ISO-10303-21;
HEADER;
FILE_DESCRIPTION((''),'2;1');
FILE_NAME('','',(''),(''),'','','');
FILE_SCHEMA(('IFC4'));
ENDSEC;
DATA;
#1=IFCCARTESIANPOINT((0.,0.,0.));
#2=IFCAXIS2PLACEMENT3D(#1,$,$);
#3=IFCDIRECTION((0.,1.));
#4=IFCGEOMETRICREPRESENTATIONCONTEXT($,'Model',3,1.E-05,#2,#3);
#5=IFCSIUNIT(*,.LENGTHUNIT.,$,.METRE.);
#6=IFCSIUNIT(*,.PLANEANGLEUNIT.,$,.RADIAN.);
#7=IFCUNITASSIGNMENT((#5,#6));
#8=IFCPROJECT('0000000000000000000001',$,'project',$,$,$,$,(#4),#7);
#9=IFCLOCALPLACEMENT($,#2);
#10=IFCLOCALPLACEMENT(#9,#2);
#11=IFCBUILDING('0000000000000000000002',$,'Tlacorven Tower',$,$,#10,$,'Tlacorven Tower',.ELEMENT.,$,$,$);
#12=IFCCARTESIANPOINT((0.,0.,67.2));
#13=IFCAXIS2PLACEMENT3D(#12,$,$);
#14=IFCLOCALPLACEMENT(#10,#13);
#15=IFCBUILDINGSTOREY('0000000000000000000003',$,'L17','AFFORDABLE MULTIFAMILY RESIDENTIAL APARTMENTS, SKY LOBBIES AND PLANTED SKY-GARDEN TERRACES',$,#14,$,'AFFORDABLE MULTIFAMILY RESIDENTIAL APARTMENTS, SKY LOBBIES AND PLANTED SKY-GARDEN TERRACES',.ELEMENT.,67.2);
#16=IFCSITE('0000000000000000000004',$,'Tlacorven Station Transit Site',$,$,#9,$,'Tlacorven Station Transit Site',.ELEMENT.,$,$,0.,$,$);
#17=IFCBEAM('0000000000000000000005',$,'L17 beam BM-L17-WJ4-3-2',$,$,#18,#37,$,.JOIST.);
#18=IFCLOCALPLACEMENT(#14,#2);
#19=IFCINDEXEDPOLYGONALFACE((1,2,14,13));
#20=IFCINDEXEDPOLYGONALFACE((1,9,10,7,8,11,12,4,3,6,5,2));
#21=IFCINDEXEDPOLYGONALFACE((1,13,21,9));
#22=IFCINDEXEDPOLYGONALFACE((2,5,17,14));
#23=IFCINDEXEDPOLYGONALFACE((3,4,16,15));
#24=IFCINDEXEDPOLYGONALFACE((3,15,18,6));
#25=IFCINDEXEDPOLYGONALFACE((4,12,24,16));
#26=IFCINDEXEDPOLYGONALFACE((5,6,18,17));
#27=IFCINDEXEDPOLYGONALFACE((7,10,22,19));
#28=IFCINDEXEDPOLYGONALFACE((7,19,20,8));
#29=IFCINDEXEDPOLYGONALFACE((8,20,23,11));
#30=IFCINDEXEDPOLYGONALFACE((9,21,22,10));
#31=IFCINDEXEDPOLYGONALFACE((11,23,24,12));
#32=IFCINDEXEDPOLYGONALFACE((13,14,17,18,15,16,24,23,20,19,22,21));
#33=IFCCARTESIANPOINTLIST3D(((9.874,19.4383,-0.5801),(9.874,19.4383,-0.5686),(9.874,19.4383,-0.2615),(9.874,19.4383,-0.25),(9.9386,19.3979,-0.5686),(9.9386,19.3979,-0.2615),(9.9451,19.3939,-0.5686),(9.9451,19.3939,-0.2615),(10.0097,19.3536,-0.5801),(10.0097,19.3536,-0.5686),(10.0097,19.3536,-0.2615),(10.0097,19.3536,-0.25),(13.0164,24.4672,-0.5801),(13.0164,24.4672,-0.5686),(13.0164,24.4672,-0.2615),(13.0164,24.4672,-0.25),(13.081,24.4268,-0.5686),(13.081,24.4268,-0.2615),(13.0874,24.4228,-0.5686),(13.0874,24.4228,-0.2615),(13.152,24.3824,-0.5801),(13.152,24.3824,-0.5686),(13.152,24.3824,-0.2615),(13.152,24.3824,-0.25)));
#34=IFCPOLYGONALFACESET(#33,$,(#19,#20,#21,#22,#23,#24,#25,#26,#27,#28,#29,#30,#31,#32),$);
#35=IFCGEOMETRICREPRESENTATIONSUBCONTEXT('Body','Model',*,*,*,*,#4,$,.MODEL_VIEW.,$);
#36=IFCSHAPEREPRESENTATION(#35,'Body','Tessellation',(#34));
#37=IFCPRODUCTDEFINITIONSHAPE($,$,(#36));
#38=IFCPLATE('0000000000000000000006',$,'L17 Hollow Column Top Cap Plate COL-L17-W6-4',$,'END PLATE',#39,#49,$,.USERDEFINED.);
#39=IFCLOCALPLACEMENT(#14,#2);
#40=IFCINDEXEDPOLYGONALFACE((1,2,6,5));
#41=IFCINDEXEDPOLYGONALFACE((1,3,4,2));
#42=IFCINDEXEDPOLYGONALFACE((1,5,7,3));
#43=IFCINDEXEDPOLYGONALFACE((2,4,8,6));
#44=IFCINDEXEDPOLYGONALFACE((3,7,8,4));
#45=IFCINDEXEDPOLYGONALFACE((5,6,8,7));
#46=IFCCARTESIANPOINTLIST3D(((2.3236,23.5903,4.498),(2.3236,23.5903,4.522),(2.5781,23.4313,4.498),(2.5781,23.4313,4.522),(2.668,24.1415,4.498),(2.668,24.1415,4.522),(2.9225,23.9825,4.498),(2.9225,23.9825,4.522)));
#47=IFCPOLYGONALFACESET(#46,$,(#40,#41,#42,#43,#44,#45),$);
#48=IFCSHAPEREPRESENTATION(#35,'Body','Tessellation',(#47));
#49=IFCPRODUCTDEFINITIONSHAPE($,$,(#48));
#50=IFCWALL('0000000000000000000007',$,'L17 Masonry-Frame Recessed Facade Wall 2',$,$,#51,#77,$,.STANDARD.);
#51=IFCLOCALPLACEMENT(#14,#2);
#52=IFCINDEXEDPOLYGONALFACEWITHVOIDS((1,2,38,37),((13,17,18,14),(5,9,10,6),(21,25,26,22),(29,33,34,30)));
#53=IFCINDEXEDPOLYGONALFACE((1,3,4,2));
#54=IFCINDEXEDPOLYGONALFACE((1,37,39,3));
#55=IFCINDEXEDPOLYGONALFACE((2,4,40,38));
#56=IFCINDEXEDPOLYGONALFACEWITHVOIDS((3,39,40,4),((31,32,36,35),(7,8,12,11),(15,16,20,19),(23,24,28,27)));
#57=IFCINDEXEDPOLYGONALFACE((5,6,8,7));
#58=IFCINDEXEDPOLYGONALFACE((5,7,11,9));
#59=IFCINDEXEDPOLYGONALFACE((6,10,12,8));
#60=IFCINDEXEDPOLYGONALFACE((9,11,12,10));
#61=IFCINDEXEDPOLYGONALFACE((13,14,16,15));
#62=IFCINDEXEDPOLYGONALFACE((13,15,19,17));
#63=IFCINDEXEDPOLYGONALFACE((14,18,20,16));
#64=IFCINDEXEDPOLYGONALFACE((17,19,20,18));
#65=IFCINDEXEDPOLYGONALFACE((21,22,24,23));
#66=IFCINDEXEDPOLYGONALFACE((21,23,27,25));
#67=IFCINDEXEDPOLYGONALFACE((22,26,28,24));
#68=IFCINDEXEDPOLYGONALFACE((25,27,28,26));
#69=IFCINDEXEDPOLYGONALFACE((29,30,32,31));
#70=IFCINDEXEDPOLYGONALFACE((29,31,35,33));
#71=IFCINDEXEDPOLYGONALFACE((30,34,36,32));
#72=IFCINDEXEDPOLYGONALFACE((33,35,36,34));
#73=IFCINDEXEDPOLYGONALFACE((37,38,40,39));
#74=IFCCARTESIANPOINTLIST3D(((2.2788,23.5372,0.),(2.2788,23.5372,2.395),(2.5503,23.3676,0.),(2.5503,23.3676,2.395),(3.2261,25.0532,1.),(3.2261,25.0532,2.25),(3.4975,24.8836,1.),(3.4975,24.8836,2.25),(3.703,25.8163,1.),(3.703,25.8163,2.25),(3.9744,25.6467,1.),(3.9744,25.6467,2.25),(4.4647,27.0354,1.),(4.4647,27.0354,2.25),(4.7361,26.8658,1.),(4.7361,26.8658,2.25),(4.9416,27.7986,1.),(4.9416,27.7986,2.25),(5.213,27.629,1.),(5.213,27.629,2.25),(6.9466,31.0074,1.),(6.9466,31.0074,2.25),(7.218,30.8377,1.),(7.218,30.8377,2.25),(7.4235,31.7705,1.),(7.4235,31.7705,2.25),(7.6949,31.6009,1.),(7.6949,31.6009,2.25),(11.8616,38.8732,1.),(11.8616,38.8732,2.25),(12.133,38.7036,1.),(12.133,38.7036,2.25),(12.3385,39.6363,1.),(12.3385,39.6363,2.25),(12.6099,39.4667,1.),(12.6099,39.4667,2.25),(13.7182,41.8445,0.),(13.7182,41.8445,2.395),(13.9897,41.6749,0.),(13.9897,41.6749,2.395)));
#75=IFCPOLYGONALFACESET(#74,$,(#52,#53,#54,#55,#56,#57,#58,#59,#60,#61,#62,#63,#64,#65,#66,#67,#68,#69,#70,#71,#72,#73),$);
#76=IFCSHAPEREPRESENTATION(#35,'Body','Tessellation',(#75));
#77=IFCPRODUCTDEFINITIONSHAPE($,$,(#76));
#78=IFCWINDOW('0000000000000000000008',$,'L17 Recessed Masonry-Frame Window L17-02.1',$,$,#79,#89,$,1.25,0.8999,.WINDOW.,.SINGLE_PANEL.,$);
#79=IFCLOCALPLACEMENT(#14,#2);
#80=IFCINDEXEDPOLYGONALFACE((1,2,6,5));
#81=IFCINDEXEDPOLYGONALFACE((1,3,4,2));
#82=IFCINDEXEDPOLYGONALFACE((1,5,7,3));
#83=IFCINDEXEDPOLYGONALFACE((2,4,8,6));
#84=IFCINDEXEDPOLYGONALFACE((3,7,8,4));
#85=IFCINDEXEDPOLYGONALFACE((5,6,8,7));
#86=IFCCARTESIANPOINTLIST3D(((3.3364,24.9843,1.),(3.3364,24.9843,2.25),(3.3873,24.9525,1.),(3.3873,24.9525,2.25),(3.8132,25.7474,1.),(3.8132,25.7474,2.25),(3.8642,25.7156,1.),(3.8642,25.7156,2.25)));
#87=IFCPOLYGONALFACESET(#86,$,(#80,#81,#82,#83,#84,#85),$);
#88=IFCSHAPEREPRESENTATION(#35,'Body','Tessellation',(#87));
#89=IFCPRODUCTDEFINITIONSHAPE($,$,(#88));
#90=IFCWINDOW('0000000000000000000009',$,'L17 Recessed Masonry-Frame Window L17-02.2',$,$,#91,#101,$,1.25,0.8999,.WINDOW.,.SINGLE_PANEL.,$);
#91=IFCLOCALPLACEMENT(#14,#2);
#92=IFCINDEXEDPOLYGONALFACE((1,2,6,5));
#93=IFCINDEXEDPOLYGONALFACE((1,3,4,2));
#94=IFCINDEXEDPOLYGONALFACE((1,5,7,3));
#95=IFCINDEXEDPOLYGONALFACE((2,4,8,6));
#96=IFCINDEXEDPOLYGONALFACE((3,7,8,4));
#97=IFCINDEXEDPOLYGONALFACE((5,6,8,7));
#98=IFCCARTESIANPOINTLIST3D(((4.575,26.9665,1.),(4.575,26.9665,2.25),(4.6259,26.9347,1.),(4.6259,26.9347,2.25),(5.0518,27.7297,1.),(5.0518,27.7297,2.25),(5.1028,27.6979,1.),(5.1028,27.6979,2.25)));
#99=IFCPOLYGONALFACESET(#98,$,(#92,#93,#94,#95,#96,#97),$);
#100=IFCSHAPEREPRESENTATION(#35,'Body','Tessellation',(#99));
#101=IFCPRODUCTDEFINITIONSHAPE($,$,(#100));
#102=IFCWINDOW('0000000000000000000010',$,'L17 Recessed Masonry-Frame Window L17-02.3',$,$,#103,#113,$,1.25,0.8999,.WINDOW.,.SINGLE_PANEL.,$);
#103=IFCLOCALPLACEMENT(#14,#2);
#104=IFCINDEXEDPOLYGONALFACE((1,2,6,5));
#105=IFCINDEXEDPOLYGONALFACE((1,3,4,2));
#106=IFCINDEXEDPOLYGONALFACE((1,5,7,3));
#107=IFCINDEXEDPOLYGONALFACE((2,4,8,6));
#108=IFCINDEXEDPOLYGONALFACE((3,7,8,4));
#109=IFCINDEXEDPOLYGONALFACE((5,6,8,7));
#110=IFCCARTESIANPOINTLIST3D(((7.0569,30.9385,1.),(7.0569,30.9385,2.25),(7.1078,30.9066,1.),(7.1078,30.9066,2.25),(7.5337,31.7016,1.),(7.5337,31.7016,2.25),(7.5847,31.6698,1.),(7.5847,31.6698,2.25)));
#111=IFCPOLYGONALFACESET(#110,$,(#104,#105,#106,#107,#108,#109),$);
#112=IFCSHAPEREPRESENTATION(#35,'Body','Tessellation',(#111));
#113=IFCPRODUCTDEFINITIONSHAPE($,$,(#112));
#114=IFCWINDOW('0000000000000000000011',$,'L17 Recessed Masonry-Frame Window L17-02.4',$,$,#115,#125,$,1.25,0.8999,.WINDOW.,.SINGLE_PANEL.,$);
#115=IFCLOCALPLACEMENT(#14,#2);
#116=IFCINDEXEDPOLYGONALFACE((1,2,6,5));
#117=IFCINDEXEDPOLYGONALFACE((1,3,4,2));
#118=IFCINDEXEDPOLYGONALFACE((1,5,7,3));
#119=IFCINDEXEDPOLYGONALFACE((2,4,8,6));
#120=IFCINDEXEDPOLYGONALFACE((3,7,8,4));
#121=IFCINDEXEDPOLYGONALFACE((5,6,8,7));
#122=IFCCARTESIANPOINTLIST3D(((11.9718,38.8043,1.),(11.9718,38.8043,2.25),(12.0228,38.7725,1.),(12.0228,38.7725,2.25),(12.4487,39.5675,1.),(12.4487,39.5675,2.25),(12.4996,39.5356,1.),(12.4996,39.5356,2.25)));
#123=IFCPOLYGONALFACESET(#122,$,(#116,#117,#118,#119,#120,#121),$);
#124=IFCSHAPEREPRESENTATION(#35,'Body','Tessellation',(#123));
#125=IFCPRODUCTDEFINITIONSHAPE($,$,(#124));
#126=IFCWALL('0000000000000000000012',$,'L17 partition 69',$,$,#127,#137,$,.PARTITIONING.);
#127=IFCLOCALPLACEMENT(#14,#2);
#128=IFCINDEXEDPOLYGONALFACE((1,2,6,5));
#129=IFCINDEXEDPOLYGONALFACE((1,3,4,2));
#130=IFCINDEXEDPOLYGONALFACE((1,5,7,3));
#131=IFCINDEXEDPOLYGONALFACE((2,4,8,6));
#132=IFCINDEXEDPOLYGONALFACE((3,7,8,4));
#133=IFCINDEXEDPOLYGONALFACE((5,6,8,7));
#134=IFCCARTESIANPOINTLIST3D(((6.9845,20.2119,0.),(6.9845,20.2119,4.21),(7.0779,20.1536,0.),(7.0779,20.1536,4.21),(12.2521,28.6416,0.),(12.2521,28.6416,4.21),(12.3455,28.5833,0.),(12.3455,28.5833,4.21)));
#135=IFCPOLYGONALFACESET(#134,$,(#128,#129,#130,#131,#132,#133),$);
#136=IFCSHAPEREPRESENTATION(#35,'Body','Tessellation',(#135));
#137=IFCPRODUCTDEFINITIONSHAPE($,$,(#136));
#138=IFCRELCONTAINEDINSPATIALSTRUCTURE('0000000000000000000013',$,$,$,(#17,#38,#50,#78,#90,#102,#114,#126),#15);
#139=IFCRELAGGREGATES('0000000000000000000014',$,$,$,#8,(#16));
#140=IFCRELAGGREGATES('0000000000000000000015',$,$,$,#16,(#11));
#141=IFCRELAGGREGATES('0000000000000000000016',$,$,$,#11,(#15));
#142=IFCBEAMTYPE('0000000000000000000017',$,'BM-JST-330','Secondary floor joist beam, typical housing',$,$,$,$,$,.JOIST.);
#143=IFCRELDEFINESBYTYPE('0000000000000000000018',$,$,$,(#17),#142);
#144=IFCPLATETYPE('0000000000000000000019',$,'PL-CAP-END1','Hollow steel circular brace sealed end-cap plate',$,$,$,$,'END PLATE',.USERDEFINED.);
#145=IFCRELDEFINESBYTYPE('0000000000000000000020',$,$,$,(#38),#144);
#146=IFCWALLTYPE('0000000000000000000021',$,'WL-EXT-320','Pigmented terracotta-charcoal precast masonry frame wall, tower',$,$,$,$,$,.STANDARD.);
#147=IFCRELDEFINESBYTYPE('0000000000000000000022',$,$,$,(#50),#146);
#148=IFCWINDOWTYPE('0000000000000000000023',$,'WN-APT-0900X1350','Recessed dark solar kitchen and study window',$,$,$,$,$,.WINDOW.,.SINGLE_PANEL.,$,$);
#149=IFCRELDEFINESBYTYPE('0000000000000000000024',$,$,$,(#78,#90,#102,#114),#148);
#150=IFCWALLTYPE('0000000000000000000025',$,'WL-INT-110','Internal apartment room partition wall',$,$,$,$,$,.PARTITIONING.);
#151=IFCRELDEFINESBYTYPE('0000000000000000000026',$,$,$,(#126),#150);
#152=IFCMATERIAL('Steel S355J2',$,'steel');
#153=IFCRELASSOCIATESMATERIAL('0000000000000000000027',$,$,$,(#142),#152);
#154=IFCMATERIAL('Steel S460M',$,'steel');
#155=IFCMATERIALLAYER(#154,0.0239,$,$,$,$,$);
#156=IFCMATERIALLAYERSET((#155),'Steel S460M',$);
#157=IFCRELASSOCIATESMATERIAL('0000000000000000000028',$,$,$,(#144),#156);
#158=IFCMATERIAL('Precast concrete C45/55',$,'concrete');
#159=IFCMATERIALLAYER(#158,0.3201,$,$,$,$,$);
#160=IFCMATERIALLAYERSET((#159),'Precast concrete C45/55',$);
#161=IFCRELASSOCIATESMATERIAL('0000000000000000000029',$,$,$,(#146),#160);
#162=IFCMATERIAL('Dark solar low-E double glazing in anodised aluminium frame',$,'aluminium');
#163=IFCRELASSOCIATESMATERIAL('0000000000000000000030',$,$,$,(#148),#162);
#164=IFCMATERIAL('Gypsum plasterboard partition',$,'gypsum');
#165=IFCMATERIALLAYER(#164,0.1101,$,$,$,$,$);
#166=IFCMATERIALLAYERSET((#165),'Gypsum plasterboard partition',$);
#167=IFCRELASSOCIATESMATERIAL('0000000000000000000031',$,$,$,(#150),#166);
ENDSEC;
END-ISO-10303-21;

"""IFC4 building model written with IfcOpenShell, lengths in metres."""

from ifc_helpers import new_model, si_unit, direction, frame, frame_2d, origin, origin_2d, place, context, subcontext, project, spatial, rectangle, i_section, extrude, source, transform, mapped, material, layer, layer_set, material_profile, profile_set, type_object, element, fill, save


model = new_model("IFC4")

# Units and contexts
model_context = context("Model", 3, precision=1e-05, world=origin(), true_north=direction((0.0, 1.0)))
body_context = subcontext(model_context, "Body", "Model", "MODEL_VIEW")
ifc_project = project(units=[si_unit("LENGTHUNIT", "METRE"), si_unit("PLANEANGLEUNIT", "RADIAN")], contexts=[model_context])

# Site, building, storey
site_placement = place(None, origin())
site = spatial("IfcSite", under=ifc_project, at=site_placement, Name="Tlacorven Station Transit Site", LongName="Tlacorven Station Transit Site", CompositionType="ELEMENT", RefElevation=0.0)
building_placement = place(site_placement, origin())
building = spatial("IfcBuilding", under=site, at=building_placement, Name="Tlacorven Tower", LongName="Tlacorven Tower", CompositionType="ELEMENT")
storey_placement = place(building_placement, frame((0.0, 0.0, 67.2)))
storey = spatial("IfcBuildingStorey", under=building, at=storey_placement, Name="L17", Description="AFFORDABLE MULTIFAMILY RESIDENTIAL APARTMENTS, SKY LOBBIES AND PLANTED SKY-GARDEN TERRACES", LongName="AFFORDABLE MULTIFAMILY RESIDENTIAL APARTMENTS, SKY LOBBIES AND PLANTED SKY-GARDEN TERRACES", CompositionType="ELEMENT", Elevation=67.2)

# Shared definitions
ifc_material_1 = material(Name="Steel S460M", Category="steel")

# Beam
ifc_material_2 = material(Name="Steel S355J2", Category="steel")
ifc_material_profile_1 = material_profile(ifc_material_2, i_section(OverallWidth=0.1599, OverallDepth=0.3301, WebThickness=0.0076, FlangeThickness=0.0115, at=origin_2d()), Name="IPE 330")
ifc_profile_set_1 = profile_set([ifc_material_profile_1], Name="Steel S355J2")
beam_type_1 = type_object("IfcBeamType", Name="BM-JST-330", Description="Secondary floor joist beam, typical housing", PredefinedType="JOIST", material=ifc_profile_set_1)
shared_shape_1 = source(origin(), body_context, "Body", "SweptSolid", [
    extrude(i_section(OverallWidth=0.1599, OverallDepth=0.3301, WebThickness=0.0076, FlangeThickness=0.0115, at=origin_2d()), origin(), (0.0, 0.0, 1.0), 5.9299),
])
beam_1_placement = place(storey_placement, frame((13.0842, 24.4248, -0.415), z_axis=(-0.529918, -0.848049, 0.0), x_axis=(0.848049, -0.529918, 0.0)))
element("IfcBeam", 1, at=beam_1_placement, inside=storey, type_object=beam_type_1, Name="L17 beam BM-L17-WJ4-3-2", PredefinedType="JOIST", context=body_context, shape_type="MappedRepresentation", body=[
    mapped(shared_shape_1, transform((0.0, 0.0, 0.0), scale=1.0)),
])

# Plate
ifc_layer_1 = layer(ifc_material_1, 0.0239)
ifc_layer_set_1 = layer_set([ifc_layer_1], Name="Steel S460M")
plate_type = type_object("IfcPlateType", Name="PL-CAP-END1", Description="Hollow steel circular brace sealed end-cap plate", ElementType="END PLATE", PredefinedType="USERDEFINED", material=ifc_layer_set_1)
shared_shape_2 = source(origin(), body_context, "Body", "SweptSolid", [
    extrude(rectangle(XDim=0.3, YDim=0.6499, at=origin_2d()), origin(), (0.0, 0.0, 1.0), 0.0239),
])
plate_placement = place(storey_placement, frame((2.623, 23.7864, 4.498), z_axis=(0.0, 0.0, 1.0), x_axis=(-0.848048, 0.529919, 0.0)))
element("IfcPlate", 2, at=plate_placement, inside=storey, type_object=plate_type, Name="L17 Hollow Column Top Cap Plate COL-L17-W6-4", ObjectType="END PLATE", PredefinedType="USERDEFINED", context=body_context, shape_type="MappedRepresentation", body=[
    mapped(shared_shape_2, transform((0.0, 0.0, 0.0), scale=1.0)),
])

# Wall, openings, windows
ifc_material_3 = material(Name="Precast concrete C45/55", Category="concrete")
ifc_layer_2 = layer(ifc_material_3, 0.3201)
ifc_layer_set_2 = layer_set([ifc_layer_2], Name="Precast concrete C45/55")
wall_type_1 = type_object("IfcWallType", Name="WL-EXT-320", Description="Pigmented terracotta-charcoal precast masonry frame wall, tower", PredefinedType="STANDARD", material=ifc_layer_set_2)
wall_1_placement = place(storey_placement, frame((2.4146, 23.4524, 0.0), z_axis=(0.0, 0.0, 1.0), x_axis=(0.52991, 0.848054, 0.0)))
wall_1 = element("IfcWall", 3, at=wall_1_placement, inside=storey, type_object=wall_type_1, Name="L17 Masonry-Frame Recessed Facade Wall 2", PredefinedType="STANDARD", context=body_context, shape_type="SweptSolid", body=[
    extrude(rectangle(XDim=21.5874, YDim=0.3201, at=frame_2d((10.7937, 0.0))), origin(), (0.0, 0.0, 1.0), 2.395),
])
opening_1_placement = place(wall_1_placement, frame((1.7876, 0.0, 1.0)))
opening_1 = element("IfcOpeningElement", 4, at=opening_1_placement, cuts=wall_1, PredefinedType="OPENING", context=body_context, shape_type="SweptSolid", body=[
    extrude(rectangle(XDim=0.8999, YDim=1.25, at=frame_2d((0.45, 0.625))), frame((0.0, 0.1699, 0.0), z_axis=(0.0, -1.0, 0.0), x_axis=(1.0, 0.0, 0.0)), (0.0, 0.0, 1.0), 0.3401),
])
opening_2_placement = place(wall_1_placement, frame((4.125, 0.0, 1.0)))
opening_2 = element("IfcOpeningElement", 5, at=opening_2_placement, cuts=wall_1, PredefinedType="OPENING", context=body_context, shape_type="SweptSolid", body=[
    extrude(rectangle(XDim=0.8999, YDim=1.25, at=frame_2d((0.45, 0.625))), frame((0.0, 0.1699, 0.0), z_axis=(0.0, -1.0, 0.0), x_axis=(1.0, 0.0, 0.0)), (0.0, 0.0, 1.0), 0.3401),
])
opening_3_placement = place(wall_1_placement, frame((8.8086, 0.0, 1.0)))
opening_3 = element("IfcOpeningElement", 6, at=opening_3_placement, cuts=wall_1, PredefinedType="OPENING", context=body_context, shape_type="SweptSolid", body=[
    extrude(rectangle(XDim=0.8999, YDim=1.25, at=frame_2d((0.45, 0.625))), frame((0.0, 0.1699, 0.0), z_axis=(0.0, -1.0, 0.0), x_axis=(1.0, 0.0, 0.0)), (0.0, 0.0, 1.0), 0.3401),
])
opening_4_placement = place(wall_1_placement, frame((18.0837, 0.0, 1.0)))
opening_4 = element("IfcOpeningElement", 7, at=opening_4_placement, cuts=wall_1, PredefinedType="OPENING", context=body_context, shape_type="SweptSolid", body=[
    extrude(rectangle(XDim=0.8999, YDim=1.25, at=frame_2d((0.45, 0.625))), frame((0.0, 0.1699, 0.0), z_axis=(0.0, -1.0, 0.0), x_axis=(1.0, 0.0, 0.0)), (0.0, 0.0, 1.0), 0.3401),
])
ifc_material_4 = material(Name="Dark solar low-E double glazing in anodised aluminium frame", Category="aluminium")
window_type = type_object("IfcWindowType", Name="WN-APT-0900X1350", Description="Recessed dark solar kitchen and study window", PartitioningType="SINGLE_PANEL", PredefinedType="WINDOW", material=ifc_material_4)
shared_shape_3 = source(origin(), body_context, "Body", "SweptSolid", [
    extrude(rectangle(XDim=0.8999, YDim=1.25, at=frame_2d((0.45, 0.625))), frame((0.0, 0.03, 0.0), z_axis=(0.0, -1.0, 0.0), x_axis=(1.0, 0.0, 0.0)), (0.0, 0.0, 1.0), 0.0601),
])
window_1_placement = place(opening_1_placement, origin())
window_1 = element("IfcWindow", 8, at=window_1_placement, inside=storey, type_object=window_type, Name="L17 Recessed Masonry-Frame Window L17-02.1", OverallHeight=1.25, OverallWidth=0.8999, PartitioningType="SINGLE_PANEL", PredefinedType="WINDOW", context=body_context, shape_type="MappedRepresentation", body=[
    mapped(shared_shape_3, transform((0.0, 0.0, 0.0), scale=1.0)),
])
fill(opening_1, window_1)
window_2_placement = place(opening_2_placement, origin())
window_2 = element("IfcWindow", 9, at=window_2_placement, inside=storey, type_object=window_type, Name="L17 Recessed Masonry-Frame Window L17-02.2", OverallHeight=1.25, OverallWidth=0.8999, PartitioningType="SINGLE_PANEL", PredefinedType="WINDOW", context=body_context, shape_type="MappedRepresentation", body=[
    mapped(shared_shape_3, transform((0.0, 0.0, 0.0), scale=1.0)),
])
fill(opening_2, window_2)
window_3_placement = place(opening_3_placement, origin())
window_3 = element("IfcWindow", 10, at=window_3_placement, inside=storey, type_object=window_type, Name="L17 Recessed Masonry-Frame Window L17-02.3", OverallHeight=1.25, OverallWidth=0.8999, PartitioningType="SINGLE_PANEL", PredefinedType="WINDOW", context=body_context, shape_type="MappedRepresentation", body=[
    mapped(shared_shape_3, transform((0.0, 0.0, 0.0), scale=1.0)),
])
fill(opening_3, window_3)
window_4_placement = place(opening_4_placement, origin())
window_4 = element("IfcWindow", 11, at=window_4_placement, inside=storey, type_object=window_type, Name="L17 Recessed Masonry-Frame Window L17-02.4", OverallHeight=1.25, OverallWidth=0.8999, PartitioningType="SINGLE_PANEL", PredefinedType="WINDOW", context=body_context, shape_type="MappedRepresentation", body=[
    mapped(shared_shape_3, transform((0.0, 0.0, 0.0), scale=1.0)),
])
fill(opening_4, window_4)

# Wall
ifc_material_5 = material(Name="Gypsum plasterboard partition", Category="gypsum")
ifc_layer_3 = layer(ifc_material_5, 0.1101)
ifc_layer_set_3 = layer_set([ifc_layer_3], Name="Gypsum plasterboard partition")
wall_type_2 = type_object("IfcWallType", Name="WL-INT-110", Description="Internal apartment room partition wall", PredefinedType="PARTITIONING", material=ifc_layer_set_3)
wall_2_placement = place(storey_placement, frame((12.2988, 28.6125, 0.0), z_axis=(0.0, 0.0, 1.0), x_axis=(-0.529928, -0.848042, 0.0)))
element("IfcWall", 12, at=wall_2_placement, inside=storey, type_object=wall_type_2, Name="L17 partition 69", PredefinedType="PARTITIONING", context=body_context, shape_type="SweptSolid", body=[
    extrude(rectangle(XDim=9.9402, YDim=0.1101, at=frame_2d((4.9702, 0.0))), origin(), (0.0, 0.0, 1.0), 4.21),
])

save(model, "model.ifc")
